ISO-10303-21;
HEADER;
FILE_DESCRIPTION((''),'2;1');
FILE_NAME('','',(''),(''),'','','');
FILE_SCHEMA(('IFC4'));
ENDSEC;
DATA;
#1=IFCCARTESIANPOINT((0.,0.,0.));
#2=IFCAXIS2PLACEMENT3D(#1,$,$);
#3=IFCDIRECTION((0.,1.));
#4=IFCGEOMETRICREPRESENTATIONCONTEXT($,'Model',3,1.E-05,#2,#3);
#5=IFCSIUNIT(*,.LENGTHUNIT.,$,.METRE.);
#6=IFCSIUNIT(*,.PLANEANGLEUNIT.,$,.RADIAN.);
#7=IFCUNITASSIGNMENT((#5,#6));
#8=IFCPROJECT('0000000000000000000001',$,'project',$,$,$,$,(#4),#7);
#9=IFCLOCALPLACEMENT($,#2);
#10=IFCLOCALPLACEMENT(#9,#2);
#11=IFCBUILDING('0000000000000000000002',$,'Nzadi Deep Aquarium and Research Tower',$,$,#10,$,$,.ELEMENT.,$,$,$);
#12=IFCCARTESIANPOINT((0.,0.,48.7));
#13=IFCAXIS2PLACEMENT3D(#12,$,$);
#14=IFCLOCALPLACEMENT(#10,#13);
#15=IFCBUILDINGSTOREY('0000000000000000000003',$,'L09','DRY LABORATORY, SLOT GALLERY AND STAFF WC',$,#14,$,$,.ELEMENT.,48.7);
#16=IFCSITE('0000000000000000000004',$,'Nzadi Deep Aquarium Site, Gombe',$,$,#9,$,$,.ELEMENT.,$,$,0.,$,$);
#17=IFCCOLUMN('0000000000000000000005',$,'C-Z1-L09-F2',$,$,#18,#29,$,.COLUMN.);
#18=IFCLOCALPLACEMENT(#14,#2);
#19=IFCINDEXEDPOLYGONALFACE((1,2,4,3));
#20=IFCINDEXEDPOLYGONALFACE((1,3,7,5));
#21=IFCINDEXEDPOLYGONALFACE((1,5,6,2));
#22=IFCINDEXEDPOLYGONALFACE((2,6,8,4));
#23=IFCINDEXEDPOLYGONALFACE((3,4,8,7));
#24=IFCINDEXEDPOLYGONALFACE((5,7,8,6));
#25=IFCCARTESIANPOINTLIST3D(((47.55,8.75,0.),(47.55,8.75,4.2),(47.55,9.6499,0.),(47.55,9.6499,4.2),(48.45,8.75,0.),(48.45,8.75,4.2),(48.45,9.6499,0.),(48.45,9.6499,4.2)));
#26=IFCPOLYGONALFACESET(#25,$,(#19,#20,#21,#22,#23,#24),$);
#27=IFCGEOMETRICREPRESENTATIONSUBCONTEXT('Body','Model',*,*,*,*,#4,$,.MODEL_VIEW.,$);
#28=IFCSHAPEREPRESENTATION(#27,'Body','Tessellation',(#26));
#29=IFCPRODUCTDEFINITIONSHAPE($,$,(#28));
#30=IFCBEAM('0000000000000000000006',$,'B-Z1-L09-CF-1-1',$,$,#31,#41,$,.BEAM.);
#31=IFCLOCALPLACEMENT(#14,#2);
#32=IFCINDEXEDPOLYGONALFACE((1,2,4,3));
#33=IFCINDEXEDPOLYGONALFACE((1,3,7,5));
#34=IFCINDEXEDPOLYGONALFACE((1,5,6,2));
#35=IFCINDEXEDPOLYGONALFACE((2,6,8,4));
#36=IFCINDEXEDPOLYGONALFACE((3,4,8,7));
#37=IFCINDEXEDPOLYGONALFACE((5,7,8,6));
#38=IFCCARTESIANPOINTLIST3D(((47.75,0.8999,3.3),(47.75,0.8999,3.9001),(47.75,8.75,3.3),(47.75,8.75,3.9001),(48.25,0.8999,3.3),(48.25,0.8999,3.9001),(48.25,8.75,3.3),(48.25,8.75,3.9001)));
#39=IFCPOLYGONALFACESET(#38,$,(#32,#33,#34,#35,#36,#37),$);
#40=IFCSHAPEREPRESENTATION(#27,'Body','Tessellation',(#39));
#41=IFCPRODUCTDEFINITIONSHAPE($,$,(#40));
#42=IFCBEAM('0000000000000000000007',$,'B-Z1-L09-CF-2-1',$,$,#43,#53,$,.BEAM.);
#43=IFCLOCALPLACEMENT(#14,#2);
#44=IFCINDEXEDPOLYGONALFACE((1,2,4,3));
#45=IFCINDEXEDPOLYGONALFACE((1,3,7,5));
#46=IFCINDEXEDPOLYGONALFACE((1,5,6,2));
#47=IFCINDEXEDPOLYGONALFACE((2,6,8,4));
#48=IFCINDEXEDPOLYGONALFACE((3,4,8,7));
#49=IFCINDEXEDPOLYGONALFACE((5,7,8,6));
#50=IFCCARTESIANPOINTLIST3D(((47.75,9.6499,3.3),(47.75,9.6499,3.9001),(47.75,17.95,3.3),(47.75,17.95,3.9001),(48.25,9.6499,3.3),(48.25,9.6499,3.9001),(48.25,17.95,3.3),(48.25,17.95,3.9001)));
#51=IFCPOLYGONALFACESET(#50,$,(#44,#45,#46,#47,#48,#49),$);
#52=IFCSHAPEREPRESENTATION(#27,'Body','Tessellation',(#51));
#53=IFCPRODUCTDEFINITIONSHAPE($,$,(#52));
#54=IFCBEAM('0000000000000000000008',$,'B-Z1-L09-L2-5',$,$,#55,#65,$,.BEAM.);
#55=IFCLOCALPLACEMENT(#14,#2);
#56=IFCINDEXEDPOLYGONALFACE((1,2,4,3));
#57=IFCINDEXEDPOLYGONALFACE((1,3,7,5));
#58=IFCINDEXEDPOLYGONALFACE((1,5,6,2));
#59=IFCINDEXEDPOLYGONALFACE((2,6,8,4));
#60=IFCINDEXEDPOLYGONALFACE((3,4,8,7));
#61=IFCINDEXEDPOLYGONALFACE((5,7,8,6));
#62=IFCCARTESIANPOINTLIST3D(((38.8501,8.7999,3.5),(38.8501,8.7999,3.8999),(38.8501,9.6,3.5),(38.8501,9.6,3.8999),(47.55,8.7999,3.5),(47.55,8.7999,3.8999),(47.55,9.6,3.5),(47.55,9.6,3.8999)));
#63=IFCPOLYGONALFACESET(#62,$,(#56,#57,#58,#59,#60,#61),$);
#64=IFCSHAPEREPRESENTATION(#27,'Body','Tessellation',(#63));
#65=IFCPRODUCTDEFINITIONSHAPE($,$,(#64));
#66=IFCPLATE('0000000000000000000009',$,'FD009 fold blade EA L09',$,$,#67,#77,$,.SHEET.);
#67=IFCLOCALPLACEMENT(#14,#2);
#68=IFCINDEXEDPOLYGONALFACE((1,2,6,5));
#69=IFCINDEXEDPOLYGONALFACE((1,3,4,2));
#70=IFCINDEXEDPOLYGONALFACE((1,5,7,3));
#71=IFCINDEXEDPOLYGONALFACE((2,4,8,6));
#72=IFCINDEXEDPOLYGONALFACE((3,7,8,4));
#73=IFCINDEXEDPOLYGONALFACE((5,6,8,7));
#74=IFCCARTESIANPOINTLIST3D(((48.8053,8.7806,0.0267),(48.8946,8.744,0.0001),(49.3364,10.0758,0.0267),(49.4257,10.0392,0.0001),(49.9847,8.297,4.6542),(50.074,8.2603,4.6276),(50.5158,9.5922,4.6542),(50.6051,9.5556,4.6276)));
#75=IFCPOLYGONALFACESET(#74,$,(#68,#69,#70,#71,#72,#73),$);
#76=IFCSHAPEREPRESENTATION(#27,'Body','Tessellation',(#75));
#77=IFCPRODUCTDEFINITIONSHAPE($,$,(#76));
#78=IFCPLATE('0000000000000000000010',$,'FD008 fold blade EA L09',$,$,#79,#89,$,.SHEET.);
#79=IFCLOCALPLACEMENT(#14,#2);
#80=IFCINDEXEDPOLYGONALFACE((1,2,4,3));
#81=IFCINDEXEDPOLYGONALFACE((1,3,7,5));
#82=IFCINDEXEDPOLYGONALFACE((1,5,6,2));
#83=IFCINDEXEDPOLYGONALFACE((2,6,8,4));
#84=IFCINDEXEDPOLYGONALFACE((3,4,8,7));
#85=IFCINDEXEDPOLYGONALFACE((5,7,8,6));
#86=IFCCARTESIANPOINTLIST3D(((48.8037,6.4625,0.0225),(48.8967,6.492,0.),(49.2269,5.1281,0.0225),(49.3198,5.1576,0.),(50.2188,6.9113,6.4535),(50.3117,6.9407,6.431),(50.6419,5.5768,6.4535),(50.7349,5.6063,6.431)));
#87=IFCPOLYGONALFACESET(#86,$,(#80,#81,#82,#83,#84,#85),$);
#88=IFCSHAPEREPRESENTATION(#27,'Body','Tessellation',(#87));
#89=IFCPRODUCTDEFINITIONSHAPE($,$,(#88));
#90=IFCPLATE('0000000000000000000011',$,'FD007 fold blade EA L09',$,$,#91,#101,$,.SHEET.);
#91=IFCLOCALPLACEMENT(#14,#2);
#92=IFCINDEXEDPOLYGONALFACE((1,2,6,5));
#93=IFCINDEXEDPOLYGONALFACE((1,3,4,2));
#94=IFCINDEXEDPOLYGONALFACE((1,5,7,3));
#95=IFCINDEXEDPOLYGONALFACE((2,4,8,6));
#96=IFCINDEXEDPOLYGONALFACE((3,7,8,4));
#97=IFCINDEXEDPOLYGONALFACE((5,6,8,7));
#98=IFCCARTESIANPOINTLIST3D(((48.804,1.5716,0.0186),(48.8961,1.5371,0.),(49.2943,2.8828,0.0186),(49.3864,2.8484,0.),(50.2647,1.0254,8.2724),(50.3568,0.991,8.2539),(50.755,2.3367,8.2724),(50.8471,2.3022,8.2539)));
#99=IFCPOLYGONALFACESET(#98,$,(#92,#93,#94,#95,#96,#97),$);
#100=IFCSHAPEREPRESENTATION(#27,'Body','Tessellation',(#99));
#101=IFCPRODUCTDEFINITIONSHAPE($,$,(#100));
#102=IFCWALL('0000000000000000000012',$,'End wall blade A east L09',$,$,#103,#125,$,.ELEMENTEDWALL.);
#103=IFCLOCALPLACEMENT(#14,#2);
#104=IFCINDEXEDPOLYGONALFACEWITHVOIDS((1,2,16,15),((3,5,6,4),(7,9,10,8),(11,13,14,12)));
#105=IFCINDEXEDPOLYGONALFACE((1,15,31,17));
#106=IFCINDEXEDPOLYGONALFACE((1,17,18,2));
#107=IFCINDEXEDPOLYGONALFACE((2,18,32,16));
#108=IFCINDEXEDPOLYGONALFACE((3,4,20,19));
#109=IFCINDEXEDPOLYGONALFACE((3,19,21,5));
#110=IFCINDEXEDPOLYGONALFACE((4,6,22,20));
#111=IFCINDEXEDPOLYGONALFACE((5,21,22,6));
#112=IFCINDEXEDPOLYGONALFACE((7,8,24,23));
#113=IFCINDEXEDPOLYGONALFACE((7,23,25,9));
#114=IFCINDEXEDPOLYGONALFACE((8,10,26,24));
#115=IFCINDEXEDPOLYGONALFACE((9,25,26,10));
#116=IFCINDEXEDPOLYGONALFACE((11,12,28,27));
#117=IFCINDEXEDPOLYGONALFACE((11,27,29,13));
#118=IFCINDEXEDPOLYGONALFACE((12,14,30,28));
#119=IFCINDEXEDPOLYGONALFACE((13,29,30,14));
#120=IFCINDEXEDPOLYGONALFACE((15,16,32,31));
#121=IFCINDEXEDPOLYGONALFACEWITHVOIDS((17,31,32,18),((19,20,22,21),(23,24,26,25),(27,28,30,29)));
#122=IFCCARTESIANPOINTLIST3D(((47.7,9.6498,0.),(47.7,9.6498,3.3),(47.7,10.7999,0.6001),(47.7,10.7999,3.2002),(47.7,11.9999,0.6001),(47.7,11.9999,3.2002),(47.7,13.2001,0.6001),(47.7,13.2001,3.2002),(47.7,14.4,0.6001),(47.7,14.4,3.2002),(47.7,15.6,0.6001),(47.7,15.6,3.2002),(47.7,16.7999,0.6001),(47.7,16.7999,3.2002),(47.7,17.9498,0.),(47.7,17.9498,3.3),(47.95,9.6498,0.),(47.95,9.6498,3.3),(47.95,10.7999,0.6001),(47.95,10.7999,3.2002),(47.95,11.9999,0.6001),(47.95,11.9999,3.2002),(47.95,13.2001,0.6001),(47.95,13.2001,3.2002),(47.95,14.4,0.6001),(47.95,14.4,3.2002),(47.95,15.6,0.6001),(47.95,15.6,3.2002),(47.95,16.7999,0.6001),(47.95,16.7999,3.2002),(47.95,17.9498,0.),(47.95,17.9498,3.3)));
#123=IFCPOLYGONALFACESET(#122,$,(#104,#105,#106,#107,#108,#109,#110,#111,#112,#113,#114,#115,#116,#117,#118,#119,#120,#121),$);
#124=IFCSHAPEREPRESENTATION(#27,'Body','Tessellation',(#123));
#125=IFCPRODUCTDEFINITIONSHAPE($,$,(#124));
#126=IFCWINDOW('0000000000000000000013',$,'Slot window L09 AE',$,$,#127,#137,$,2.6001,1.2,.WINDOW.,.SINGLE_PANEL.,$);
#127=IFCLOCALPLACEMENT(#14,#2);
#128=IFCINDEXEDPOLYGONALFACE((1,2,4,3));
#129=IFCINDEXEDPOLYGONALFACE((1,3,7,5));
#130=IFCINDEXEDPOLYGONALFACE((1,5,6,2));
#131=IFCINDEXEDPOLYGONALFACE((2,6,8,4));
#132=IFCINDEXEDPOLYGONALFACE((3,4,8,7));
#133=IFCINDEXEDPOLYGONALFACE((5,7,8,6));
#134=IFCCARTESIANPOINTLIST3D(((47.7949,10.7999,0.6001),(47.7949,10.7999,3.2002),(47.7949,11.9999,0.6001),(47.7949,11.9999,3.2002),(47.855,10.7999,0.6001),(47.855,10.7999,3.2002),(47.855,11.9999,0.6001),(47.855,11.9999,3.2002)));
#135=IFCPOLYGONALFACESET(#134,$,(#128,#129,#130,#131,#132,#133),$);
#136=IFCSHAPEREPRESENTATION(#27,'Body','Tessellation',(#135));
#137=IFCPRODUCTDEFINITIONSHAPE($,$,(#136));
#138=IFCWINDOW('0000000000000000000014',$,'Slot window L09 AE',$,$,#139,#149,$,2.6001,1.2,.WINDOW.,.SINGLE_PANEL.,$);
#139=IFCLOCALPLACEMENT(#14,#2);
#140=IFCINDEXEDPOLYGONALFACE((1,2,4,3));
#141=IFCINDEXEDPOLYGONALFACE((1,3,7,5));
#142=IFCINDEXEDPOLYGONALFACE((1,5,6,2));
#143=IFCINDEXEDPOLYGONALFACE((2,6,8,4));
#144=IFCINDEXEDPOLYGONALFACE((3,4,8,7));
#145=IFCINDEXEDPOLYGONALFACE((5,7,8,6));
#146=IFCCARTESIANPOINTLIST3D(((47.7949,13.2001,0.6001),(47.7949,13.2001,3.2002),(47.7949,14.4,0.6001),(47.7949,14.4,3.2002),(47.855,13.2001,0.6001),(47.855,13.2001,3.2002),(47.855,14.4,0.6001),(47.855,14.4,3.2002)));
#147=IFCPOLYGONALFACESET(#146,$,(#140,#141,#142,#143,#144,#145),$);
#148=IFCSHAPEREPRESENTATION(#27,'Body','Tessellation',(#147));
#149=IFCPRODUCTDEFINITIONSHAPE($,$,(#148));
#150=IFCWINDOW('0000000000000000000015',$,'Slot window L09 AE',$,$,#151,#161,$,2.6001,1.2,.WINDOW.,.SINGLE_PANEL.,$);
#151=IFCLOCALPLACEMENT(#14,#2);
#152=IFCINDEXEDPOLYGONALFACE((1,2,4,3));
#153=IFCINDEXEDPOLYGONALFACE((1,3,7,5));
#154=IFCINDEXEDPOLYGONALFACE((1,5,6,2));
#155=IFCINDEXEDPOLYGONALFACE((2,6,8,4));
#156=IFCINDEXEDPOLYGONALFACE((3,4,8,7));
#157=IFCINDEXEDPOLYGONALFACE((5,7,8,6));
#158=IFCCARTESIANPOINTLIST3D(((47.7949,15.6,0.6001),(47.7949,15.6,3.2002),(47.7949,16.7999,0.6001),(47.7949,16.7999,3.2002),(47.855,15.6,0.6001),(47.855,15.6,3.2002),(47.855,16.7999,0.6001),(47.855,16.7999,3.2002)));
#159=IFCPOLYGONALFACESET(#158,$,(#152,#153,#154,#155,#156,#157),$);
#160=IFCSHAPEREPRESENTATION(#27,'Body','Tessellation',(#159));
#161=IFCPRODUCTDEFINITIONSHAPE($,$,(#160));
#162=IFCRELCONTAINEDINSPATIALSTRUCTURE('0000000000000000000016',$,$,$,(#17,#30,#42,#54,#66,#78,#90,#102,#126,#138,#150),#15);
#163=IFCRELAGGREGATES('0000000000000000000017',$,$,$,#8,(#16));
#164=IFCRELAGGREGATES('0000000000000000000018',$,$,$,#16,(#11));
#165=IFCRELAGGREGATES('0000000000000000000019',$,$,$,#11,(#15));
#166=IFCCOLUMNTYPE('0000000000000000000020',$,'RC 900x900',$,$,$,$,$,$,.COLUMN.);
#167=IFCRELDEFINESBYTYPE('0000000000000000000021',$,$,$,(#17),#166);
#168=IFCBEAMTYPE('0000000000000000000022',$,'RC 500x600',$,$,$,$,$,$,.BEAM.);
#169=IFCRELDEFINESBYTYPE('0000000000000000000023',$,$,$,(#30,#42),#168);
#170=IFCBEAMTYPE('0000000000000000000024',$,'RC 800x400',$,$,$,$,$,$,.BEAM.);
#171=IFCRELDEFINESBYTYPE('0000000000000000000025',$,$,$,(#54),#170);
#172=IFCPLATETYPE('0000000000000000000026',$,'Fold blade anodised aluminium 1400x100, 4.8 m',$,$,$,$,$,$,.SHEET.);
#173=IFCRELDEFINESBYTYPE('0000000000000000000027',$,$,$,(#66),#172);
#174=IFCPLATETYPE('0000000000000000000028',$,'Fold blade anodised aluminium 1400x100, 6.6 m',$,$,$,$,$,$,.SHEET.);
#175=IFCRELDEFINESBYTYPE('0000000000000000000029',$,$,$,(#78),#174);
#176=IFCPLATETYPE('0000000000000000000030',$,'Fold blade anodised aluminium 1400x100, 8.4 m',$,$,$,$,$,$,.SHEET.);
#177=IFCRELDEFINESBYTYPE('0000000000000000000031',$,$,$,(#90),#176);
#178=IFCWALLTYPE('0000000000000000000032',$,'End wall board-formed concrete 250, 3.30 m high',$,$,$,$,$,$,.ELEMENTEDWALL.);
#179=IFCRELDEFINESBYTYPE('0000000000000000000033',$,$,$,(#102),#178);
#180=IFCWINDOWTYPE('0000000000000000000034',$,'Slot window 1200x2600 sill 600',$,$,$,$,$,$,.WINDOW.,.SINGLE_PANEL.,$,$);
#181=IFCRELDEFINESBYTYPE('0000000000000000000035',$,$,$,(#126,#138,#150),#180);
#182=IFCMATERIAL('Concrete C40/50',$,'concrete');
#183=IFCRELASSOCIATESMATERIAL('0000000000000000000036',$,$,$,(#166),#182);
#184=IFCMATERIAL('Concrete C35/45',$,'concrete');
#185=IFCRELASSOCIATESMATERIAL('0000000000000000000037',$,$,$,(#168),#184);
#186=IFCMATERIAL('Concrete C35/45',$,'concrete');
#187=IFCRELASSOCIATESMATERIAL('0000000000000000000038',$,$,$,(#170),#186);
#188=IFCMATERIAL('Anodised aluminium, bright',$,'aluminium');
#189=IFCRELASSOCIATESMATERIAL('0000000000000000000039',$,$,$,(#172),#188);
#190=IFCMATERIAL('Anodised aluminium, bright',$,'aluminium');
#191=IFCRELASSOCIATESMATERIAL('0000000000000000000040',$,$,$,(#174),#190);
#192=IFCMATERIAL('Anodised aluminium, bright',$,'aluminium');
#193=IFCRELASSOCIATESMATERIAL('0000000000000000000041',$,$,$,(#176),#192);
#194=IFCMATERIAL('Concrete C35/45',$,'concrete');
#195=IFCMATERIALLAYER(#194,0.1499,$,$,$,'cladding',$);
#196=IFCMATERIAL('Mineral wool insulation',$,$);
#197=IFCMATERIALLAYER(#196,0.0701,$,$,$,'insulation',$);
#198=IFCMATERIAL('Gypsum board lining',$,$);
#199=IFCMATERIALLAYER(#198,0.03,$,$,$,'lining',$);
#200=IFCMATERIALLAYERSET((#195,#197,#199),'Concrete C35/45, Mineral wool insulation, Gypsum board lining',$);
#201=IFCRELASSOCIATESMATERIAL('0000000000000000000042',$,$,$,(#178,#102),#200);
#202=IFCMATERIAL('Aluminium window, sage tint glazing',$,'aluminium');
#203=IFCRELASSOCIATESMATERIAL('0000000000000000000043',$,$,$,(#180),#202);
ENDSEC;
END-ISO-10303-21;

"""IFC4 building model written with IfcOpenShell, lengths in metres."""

from ifc_helpers import new_model, si_unit, direction, frame, frame_2d, origin, origin_2d, place, context, subcontext, project, spatial, rectangle, extrude, material, layer, layer_set, layer_usage, material_profile, profile_set, type_object, element, fill, save


model = new_model("IFC4")

# Units and contexts
model_context = context("Model", 3, precision=1e-05, world=origin(), true_north=direction((0.0, 1.0)))
body_context = subcontext(model_context, "Body", "Model", "MODEL_VIEW")
ifc_project = project(units=[si_unit("LENGTHUNIT", "METRE"), si_unit("PLANEANGLEUNIT", "RADIAN")], contexts=[model_context])

# Site, building, storey
site_placement = place(None, origin())
site = spatial("IfcSite", under=ifc_project, at=site_placement, Name="Nzadi Deep Aquarium Site, Gombe", CompositionType="ELEMENT", RefElevation=0.0)
building_placement = place(site_placement, origin())
building = spatial("IfcBuilding", under=site, at=building_placement, Name="Nzadi Deep Aquarium and Research Tower", CompositionType="ELEMENT")
storey_placement = place(building_placement, frame((0.0, 0.0, 48.7)))
storey = spatial("IfcBuildingStorey", under=building, at=storey_placement, Name="L09", Description="DRY LABORATORY, SLOT GALLERY AND STAFF WC", CompositionType="ELEMENT", Elevation=48.7)

# Column
ifc_material_1 = material(Name="Concrete C40/50", Category="concrete")
ifc_material_profile_1 = material_profile(ifc_material_1, rectangle(XDim=0.8999, YDim=0.8999, at=origin_2d()))
ifc_profile_set_1 = profile_set([ifc_material_profile_1], Name="Concrete C40/50")
column_type = type_object("IfcColumnType", Name="RC 900x900", PredefinedType="COLUMN", material=ifc_profile_set_1)
column_placement = place(storey_placement, frame((48.0, 9.2, 0.0), z_axis=(0.0, 0.0, 1.0), x_axis=(1.0, 0.0, 0.0)))
element("IfcColumn", 1, at=column_placement, inside=storey, type_object=column_type, Name="C-Z1-L09-F2", PredefinedType="COLUMN", context=body_context, shape_type="SweptSolid", body=[
    extrude(rectangle(XDim=0.8999, YDim=0.8999, at=origin_2d()), origin(), (0.0, 0.0, 1.0), 4.2),
])

# Beams
ifc_material_2 = material(Name="Concrete C35/45", Category="concrete")
ifc_material_profile_2 = material_profile(ifc_material_2, rectangle(XDim=0.5, YDim=0.6001, at=origin_2d()))
ifc_profile_set_2 = profile_set([ifc_material_profile_2], Name="Concrete C35/45")
beam_type_1 = type_object("IfcBeamType", Name="RC 500x600", PredefinedType="BEAM", material=ifc_profile_set_2)
beam_1_placement = place(storey_placement, frame((48.0, 0.8999, 3.6001), z_axis=(0.0, 1.0, 0.0), x_axis=(-1.0, 0.0, 0.0)))
element("IfcBeam", 2, at=beam_1_placement, inside=storey, type_object=beam_type_1, Name="B-Z1-L09-CF-1-1", PredefinedType="BEAM", context=body_context, shape_type="SweptSolid", body=[
    extrude(rectangle(XDim=0.5, YDim=0.6001, at=origin_2d()), origin(), (0.0, 0.0, 1.0), 7.8501),
])
beam_2_placement = place(storey_placement, frame((48.0, 9.6499, 3.6001), z_axis=(0.0, 1.0, 0.0), x_axis=(-1.0, 0.0, 0.0)))
element("IfcBeam", 3, at=beam_2_placement, inside=storey, type_object=beam_type_1, Name="B-Z1-L09-CF-2-1", PredefinedType="BEAM", context=body_context, shape_type="SweptSolid", body=[
    extrude(rectangle(XDim=0.5, YDim=0.6001, at=origin_2d()), origin(), (0.0, 0.0, 1.0), 8.3),
])
ifc_material_3 = material(Name="Concrete C35/45", Category="concrete")
ifc_material_profile_3 = material_profile(ifc_material_3, rectangle(XDim=0.8, YDim=0.3999, at=origin_2d()))
ifc_profile_set_3 = profile_set([ifc_material_profile_3], Name="Concrete C35/45")
beam_type_2 = type_object("IfcBeamType", Name="RC 800x400", PredefinedType="BEAM", material=ifc_profile_set_3)
beam_3_placement = place(storey_placement, frame((38.8501, 9.2, 3.7), z_axis=(1.0, 0.0, 0.0), x_axis=(0.0, 1.0, 0.0)))
element("IfcBeam", 4, at=beam_3_placement, inside=storey, type_object=beam_type_2, Name="B-Z1-L09-L2-5", PredefinedType="BEAM", context=body_context, shape_type="SweptSolid", body=[
    extrude(rectangle(XDim=0.8, YDim=0.3999, at=origin_2d()), origin(), (0.0, 0.0, 1.0), 8.7),
])

# Plates
ifc_material_4 = material(Name="Anodised aluminium, bright", Category="aluminium")
ifc_material_profile_4 = material_profile(ifc_material_4, rectangle(XDim=1.3999, YDim=0.1001, at=origin_2d()))
ifc_profile_set_4 = profile_set([ifc_material_profile_4], Name="Anodised aluminium, bright")
plate_type_1 = type_object("IfcPlateType", Name="Fold blade anodised aluminium 1400x100, 4.8 m", PredefinedType="SHEET", material=ifc_profile_set_4)
plate_1_placement = place(storey_placement, frame((49.1155, 9.4099, 0.0134), z_axis=(0.245727, -0.100763, 0.964088), x_axis=(0.379401, 0.925232, 0.0)))
element("IfcPlate", 5, at=plate_1_placement, inside=storey, type_object=plate_type_1, Name="FD009 fold blade EA L09", PredefinedType="SHEET", context=body_context, shape_type="SweptSolid", body=[
    extrude(rectangle(XDim=1.3999, YDim=0.1001, at=origin_2d()), origin(), (0.0, 0.0, 1.0), 4.7998),
])
ifc_material_5 = material(Name="Anodised aluminium, bright", Category="aluminium")
ifc_material_profile_5 = material_profile(ifc_material_5, rectangle(XDim=1.3999, YDim=0.1001, at=origin_2d()))
ifc_profile_set_5 = profile_set([ifc_material_profile_5], Name="Anodised aluminium, bright")
plate_type_2 = type_object("IfcPlateType", Name="Fold blade anodised aluminium 1400x100, 6.6 m", PredefinedType="SHEET", material=ifc_profile_set_5)
plate_2_placement = place(storey_placement, frame((49.0618, 5.8101, 0.0112), z_axis=(0.214399, 0.067989, 0.974377), x_axis=(-0.30228, 0.953219, 0.0)))
element("IfcPlate", 6, at=plate_2_placement, inside=storey, type_object=plate_type_2, Name="FD008 fold blade EA L09", PredefinedType="SHEET", context=body_context, shape_type="SweptSolid", body=[
    extrude(rectangle(XDim=1.3999, YDim=0.1001, at=origin_2d()), origin(), (0.0, 0.0, 1.0), 6.6001),
])
ifc_material_6 = material(Name="Anodised aluminium, bright", Category="aluminium")
ifc_material_profile_6 = material_profile(ifc_material_6, rectangle(XDim=1.3999, YDim=0.1001, at=origin_2d()))
ifc_profile_set_6 = profile_set([ifc_material_profile_6], Name="Anodised aluminium, bright")
plate_type_3 = type_object("IfcPlateType", Name="Fold blade anodised aluminium 1400x100, 8.4 m", PredefinedType="SHEET", material=ifc_profile_set_6)
plate_3_placement = place(storey_placement, frame((49.0952, 2.21, 0.0093), z_axis=(0.173893, -0.065017, 0.982616), x_axis=(0.350214, 0.93667, 0.0)))
element("IfcPlate", 7, at=plate_3_placement, inside=storey, type_object=plate_type_3, Name="FD007 fold blade EA L09", PredefinedType="SHEET", context=body_context, shape_type="SweptSolid", body=[
    extrude(rectangle(XDim=1.3999, YDim=0.1001, at=origin_2d()), origin(), (0.0, 0.0, 1.0), 8.3999),
])

# Wall, openings, windows
ifc_material_7 = material(Name="Concrete C35/45", Category="concrete")
ifc_layer_1 = layer(ifc_material_7, 0.1499, Category="cladding")
ifc_material_8 = material(Name="Mineral wool insulation")
ifc_layer_2 = layer(ifc_material_8, 0.0701, Category="insulation")
ifc_material_9 = material(Name="Gypsum board lining")
ifc_layer_3 = layer(ifc_material_9, 0.03, Category="lining")
ifc_layer_set_1 = layer_set([ifc_layer_1, ifc_layer_2, ifc_layer_3], Name="Concrete C35/45, Mineral wool insulation, Gypsum board lining")
ifc_layer_usage_1 = layer_usage(ifc_layer_set_1, "AXIS2", "POSITIVE", -0.125)
wall_type_1 = type_object("IfcWallType", Name="End wall board-formed concrete 250, 3.30 m high", PredefinedType="ELEMENTEDWALL", material=ifc_layer_set_1)
wall_1_placement = place(storey_placement, frame((47.825, 9.6499, 0.0), z_axis=(0.0, 0.0, 1.0), x_axis=(0.0, 1.0, 0.0)))
wall_1 = element("IfcWall", 8, at=wall_1_placement, inside=storey, type_object=wall_type_1, material=ifc_layer_usage_1, Name="End wall blade A east L09", PredefinedType="ELEMENTEDWALL", context=body_context, shape_type="SweptSolid", body=[
    extrude(rectangle(XDim=8.3, YDim=0.25, at=frame_2d((4.1499, 0.0))), origin(), (0.0, 0.0, 1.0), 3.3),
])
opening_1_placement = place(wall_1_placement, frame((1.1499, 0.0, 0.6001)))
opening_1 = element("IfcOpeningElement", 9, at=opening_1_placement, cuts=wall_1, PredefinedType="OPENING", context=body_context, shape_type="SweptSolid", body=[
    extrude(rectangle(XDim=1.2, YDim=2.6001, at=frame_2d((0.6001, 1.3))), frame((0.0, 0.135, 0.0), z_axis=(0.0, -1.0, 0.0), x_axis=(1.0, 0.0, 0.0)), (0.0, 0.0, 1.0), 0.27),
])
opening_2_placement = place(wall_1_placement, frame((3.55, 0.0, 0.6001)))
opening_2 = element("IfcOpeningElement", 10, at=opening_2_placement, cuts=wall_1, PredefinedType="OPENING", context=body_context, shape_type="SweptSolid", body=[
    extrude(rectangle(XDim=1.2, YDim=2.6001, at=frame_2d((0.6001, 1.3))), frame((0.0, 0.135, 0.0), z_axis=(0.0, -1.0, 0.0), x_axis=(1.0, 0.0, 0.0)), (0.0, 0.0, 1.0), 0.27),
])
opening_3_placement = place(wall_1_placement, frame((5.95, 0.0, 0.6001)))
opening_3 = element("IfcOpeningElement", 11, at=opening_3_placement, cuts=wall_1, PredefinedType="OPENING", context=body_context, shape_type="SweptSolid", body=[
    extrude(rectangle(XDim=1.2, YDim=2.6001, at=frame_2d((0.6001, 1.3))), frame((0.0, 0.135, 0.0), z_axis=(0.0, -1.0, 0.0), x_axis=(1.0, 0.0, 0.0)), (0.0, 0.0, 1.0), 0.27),
])
ifc_material_10 = material(Name="Aluminium window, sage tint glazing", Category="aluminium")
window_type = type_object("IfcWindowType", Name="Slot window 1200x2600 sill 600", PartitioningType="SINGLE_PANEL", PredefinedType="WINDOW", material=ifc_material_10)
window_1_placement = place(opening_1_placement, origin())
window_1 = element("IfcWindow", 12, at=window_1_placement, inside=storey, type_object=window_type, Name="Slot window L09 AE", OverallHeight=2.6001, OverallWidth=1.2, PartitioningType="SINGLE_PANEL", PredefinedType="WINDOW", context=body_context, shape_type="SweptSolid", body=[
    extrude(rectangle(XDim=1.2, YDim=2.6001, at=frame_2d((0.6001, 1.3))), frame((0.0, 0.03, 0.0), z_axis=(0.0, -1.0, 0.0), x_axis=(1.0, 0.0, 0.0)), (0.0, 0.0, 1.0), 0.0601),
])
fill(opening_1, window_1)
window_2_placement = place(opening_2_placement, origin())
window_2 = element("IfcWindow", 13, at=window_2_placement, inside=storey, type_object=window_type, Name="Slot window L09 AE", OverallHeight=2.6001, OverallWidth=1.2, PartitioningType="SINGLE_PANEL", PredefinedType="WINDOW", context=body_context, shape_type="SweptSolid", body=[
    extrude(rectangle(XDim=1.2, YDim=2.6001, at=frame_2d((0.6001, 1.3))), frame((0.0, 0.03, 0.0), z_axis=(0.0, -1.0, 0.0), x_axis=(1.0, 0.0, 0.0)), (0.0, 0.0, 1.0), 0.0601),
])
fill(opening_2, window_2)
window_3_placement = place(opening_3_placement, origin())
window_3 = element("IfcWindow", 14, at=window_3_placement, inside=storey, type_object=window_type, Name="Slot window L09 AE", OverallHeight=2.6001, OverallWidth=1.2, PartitioningType="SINGLE_PANEL", PredefinedType="WINDOW", context=body_context, shape_type="SweptSolid", body=[
    extrude(rectangle(XDim=1.2, YDim=2.6001, at=frame_2d((0.6001, 1.3))), frame((0.0, 0.03, 0.0), z_axis=(0.0, -1.0, 0.0), x_axis=(1.0, 0.0, 0.0)), (0.0, 0.0, 1.0), 0.0601),
])
fill(opening_3, window_3)

save(model, "model.ifc")
